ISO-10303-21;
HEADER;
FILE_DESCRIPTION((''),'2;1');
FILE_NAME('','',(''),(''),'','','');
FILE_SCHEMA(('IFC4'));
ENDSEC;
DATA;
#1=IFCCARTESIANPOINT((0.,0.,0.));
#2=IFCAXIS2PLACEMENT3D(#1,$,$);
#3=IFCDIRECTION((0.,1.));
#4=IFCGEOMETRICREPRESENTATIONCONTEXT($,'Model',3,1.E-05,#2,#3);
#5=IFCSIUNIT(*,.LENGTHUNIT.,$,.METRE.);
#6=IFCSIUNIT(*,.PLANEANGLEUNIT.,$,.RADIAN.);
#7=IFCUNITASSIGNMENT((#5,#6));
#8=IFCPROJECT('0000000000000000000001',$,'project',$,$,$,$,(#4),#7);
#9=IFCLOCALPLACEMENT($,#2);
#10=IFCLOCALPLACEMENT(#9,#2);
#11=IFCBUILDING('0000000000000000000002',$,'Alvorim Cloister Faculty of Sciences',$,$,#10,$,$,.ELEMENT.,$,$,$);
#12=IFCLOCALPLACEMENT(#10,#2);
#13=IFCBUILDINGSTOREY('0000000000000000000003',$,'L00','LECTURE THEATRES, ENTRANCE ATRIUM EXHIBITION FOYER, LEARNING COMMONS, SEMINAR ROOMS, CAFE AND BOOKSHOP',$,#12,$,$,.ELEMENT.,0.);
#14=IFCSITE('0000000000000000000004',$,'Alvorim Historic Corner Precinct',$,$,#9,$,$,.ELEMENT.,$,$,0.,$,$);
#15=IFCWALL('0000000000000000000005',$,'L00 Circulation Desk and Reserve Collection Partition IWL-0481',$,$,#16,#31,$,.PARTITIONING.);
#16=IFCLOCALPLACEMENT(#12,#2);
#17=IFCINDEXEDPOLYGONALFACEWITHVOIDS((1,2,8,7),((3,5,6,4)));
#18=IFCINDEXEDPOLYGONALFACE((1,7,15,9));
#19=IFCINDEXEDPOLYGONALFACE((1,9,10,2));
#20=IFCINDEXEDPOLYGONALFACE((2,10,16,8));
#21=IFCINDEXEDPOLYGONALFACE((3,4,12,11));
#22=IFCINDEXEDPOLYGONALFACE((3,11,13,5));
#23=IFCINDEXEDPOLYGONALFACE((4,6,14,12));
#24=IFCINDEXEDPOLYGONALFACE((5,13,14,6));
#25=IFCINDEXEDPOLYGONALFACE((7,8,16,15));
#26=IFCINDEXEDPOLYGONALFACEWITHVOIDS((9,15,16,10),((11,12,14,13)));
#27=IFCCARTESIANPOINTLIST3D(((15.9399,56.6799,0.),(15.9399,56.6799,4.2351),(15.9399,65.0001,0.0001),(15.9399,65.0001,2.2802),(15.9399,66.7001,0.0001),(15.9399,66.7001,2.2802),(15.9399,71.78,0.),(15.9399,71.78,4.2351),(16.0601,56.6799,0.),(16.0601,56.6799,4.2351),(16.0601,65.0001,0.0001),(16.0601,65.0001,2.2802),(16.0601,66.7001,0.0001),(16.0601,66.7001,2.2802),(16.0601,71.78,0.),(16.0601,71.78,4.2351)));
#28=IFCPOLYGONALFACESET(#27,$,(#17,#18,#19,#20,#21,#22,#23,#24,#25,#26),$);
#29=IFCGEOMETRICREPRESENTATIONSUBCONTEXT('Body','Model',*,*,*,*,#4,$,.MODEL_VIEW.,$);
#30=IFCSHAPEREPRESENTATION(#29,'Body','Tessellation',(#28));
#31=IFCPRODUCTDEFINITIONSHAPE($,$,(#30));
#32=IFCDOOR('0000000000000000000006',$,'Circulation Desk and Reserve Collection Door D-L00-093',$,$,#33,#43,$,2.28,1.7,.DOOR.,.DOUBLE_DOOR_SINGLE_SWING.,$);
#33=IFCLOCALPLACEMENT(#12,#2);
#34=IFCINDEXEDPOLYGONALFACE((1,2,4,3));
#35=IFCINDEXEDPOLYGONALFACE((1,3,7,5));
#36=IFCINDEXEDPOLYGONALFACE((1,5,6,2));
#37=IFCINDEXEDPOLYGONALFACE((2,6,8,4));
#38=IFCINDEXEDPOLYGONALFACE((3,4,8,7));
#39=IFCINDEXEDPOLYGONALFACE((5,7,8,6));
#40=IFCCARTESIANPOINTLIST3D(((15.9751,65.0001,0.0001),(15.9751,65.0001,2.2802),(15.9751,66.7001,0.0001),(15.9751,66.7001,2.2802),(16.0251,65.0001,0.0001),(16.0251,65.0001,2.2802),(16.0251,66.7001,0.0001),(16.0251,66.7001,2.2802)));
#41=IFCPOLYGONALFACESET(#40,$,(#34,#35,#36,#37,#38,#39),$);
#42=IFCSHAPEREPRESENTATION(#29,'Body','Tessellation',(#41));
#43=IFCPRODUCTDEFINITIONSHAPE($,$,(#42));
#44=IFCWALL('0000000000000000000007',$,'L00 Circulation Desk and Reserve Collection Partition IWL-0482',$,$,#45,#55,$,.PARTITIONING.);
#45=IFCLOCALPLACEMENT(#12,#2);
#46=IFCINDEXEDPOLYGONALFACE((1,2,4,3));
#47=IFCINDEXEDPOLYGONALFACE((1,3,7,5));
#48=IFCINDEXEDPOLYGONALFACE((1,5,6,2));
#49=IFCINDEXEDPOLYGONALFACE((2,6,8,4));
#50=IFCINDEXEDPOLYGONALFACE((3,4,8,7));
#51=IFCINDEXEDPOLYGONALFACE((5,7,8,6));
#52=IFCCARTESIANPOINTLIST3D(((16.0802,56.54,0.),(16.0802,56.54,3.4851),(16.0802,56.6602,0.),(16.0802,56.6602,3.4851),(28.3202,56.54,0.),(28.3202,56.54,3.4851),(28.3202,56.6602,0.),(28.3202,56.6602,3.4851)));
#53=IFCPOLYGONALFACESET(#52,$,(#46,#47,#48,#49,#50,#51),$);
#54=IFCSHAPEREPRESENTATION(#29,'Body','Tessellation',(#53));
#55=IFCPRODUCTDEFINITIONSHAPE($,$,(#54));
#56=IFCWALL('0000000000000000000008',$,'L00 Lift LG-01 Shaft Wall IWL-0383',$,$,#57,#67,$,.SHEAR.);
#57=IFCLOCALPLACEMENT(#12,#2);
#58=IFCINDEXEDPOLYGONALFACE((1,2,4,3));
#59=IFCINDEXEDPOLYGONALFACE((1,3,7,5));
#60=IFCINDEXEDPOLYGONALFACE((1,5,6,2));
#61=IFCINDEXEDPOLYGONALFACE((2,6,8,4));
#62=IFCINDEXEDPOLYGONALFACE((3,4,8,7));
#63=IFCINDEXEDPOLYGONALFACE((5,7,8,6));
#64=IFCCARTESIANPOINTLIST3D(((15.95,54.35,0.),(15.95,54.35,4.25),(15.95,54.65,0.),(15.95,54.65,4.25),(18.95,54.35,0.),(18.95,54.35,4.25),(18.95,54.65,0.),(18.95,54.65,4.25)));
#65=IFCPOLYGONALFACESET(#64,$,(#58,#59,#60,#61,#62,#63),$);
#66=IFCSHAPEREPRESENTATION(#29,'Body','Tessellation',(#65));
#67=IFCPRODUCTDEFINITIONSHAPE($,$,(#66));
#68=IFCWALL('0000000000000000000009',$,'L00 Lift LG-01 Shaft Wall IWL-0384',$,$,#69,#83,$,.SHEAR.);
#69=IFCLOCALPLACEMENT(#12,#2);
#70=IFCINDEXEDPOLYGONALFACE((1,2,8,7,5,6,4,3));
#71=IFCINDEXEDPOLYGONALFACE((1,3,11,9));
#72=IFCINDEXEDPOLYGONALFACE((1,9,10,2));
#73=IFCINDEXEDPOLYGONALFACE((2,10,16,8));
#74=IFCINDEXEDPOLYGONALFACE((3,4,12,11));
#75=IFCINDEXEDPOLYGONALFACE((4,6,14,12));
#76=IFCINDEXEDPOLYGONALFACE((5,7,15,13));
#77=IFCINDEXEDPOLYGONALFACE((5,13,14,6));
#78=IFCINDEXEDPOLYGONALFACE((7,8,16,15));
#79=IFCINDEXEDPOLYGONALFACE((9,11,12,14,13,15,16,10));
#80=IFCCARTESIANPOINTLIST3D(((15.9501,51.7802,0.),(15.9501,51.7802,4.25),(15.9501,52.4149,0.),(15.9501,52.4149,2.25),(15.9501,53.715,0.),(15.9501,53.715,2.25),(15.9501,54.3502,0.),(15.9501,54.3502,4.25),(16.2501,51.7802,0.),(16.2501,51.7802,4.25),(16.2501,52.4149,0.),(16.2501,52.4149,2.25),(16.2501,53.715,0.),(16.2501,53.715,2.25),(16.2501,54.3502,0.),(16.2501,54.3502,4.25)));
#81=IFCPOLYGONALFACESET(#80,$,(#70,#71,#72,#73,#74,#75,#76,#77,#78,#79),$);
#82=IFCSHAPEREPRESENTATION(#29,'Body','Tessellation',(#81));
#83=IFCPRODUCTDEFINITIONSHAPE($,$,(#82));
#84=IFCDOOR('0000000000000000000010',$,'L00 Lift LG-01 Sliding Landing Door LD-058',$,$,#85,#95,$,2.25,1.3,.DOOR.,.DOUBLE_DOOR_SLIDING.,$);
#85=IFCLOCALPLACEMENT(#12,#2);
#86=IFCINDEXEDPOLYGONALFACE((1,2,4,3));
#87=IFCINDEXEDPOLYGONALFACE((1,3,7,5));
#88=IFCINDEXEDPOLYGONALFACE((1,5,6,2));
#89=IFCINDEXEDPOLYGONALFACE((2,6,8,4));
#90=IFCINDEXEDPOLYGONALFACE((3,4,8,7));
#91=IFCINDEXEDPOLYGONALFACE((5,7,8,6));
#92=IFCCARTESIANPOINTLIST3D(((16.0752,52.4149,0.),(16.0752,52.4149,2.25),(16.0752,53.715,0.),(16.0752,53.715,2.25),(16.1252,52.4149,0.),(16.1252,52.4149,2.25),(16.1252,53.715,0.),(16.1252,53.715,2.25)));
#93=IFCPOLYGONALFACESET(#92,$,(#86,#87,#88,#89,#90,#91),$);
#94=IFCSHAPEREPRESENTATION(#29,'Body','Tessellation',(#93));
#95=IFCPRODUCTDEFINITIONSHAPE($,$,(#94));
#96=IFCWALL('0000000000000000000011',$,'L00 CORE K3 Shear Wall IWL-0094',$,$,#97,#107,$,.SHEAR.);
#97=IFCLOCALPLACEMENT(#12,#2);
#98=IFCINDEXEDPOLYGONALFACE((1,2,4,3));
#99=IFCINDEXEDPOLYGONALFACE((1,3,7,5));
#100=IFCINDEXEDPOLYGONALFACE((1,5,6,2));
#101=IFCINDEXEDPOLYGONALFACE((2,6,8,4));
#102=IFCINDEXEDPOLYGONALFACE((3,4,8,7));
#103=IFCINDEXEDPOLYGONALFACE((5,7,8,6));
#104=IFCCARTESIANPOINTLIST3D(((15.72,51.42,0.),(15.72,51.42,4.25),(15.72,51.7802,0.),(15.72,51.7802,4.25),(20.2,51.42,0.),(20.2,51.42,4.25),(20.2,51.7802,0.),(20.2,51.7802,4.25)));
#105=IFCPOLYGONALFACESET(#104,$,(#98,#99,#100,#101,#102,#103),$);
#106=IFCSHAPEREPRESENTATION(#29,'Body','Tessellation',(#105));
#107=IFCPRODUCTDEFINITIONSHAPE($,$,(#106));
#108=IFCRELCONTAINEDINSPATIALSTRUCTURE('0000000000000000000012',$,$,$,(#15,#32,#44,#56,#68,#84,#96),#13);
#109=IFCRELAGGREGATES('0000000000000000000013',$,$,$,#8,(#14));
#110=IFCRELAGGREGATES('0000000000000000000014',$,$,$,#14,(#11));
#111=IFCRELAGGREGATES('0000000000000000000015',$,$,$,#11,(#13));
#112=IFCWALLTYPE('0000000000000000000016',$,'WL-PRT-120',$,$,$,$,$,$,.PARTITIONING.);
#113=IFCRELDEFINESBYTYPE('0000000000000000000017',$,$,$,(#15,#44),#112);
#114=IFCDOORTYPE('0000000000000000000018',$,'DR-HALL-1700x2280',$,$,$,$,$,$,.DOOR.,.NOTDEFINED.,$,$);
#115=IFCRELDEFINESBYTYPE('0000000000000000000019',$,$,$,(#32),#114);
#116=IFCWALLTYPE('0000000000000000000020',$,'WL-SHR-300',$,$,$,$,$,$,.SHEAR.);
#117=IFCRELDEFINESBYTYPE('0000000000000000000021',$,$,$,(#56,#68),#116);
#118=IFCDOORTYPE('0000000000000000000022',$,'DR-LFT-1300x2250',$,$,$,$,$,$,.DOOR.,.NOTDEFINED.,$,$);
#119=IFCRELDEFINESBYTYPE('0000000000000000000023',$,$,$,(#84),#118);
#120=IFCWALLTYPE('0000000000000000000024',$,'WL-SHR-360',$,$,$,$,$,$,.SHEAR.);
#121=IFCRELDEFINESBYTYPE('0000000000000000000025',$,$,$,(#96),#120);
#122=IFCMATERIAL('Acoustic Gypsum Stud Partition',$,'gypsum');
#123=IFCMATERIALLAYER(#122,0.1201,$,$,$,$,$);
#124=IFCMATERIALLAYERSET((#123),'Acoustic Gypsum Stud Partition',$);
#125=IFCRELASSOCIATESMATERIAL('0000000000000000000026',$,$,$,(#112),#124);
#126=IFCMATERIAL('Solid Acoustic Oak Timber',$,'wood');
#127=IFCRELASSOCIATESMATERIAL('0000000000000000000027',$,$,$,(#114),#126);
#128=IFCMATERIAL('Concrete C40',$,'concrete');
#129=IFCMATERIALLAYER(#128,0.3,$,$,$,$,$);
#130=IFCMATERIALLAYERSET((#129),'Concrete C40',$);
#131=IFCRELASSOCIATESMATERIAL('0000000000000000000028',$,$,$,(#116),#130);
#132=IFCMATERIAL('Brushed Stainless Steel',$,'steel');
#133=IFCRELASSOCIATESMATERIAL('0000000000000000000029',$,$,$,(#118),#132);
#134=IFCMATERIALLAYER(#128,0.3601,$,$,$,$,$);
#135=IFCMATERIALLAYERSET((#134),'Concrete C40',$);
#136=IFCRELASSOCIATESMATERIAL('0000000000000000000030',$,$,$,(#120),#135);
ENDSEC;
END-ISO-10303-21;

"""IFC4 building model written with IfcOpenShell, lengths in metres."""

from ifc_helpers import new_model, si_unit, direction, frame, frame_2d, origin, place, context, subcontext, project, spatial, rectangle, extrude, material, layer, layer_set, type_object, element, fill, save


model = new_model("IFC4")

# Units and contexts
model_context = context("Model", 3, precision=1e-05, world=origin(), true_north=direction((0.0, 1.0)))
body_context = subcontext(model_context, "Body", "Model", "MODEL_VIEW")
ifc_project = project(units=[si_unit("LENGTHUNIT", "METRE"), si_unit("PLANEANGLEUNIT", "RADIAN")], contexts=[model_context])

# Site, building, storey
site_placement = place(None, origin())
site = spatial("IfcSite", under=ifc_project, at=site_placement, Name="Alvorim Historic Corner Precinct", CompositionType="ELEMENT", RefElevation=0.0)
building_placement = place(site_placement, origin())
building = spatial("IfcBuilding", under=site, at=building_placement, Name="Alvorim Cloister Faculty of Sciences", CompositionType="ELEMENT")
storey_placement = place(building_placement, origin())
storey = spatial("IfcBuildingStorey", under=building, at=storey_placement, Name="L00", Description="LECTURE THEATRES, ENTRANCE ATRIUM EXHIBITION FOYER, LEARNING COMMONS, SEMINAR ROOMS, CAFE AND BOOKSHOP", CompositionType="ELEMENT", Elevation=0.0)

# Shared definitions
ifc_material_1 = material(Name="Concrete C40", Category="concrete")

# Wall, opening, door
ifc_material_2 = material(Name="Acoustic Gypsum Stud Partition", Category="gypsum")
ifc_layer_1 = layer(ifc_material_2, 0.1201)
ifc_layer_set_1 = layer_set([ifc_layer_1], Name="Acoustic Gypsum Stud Partition")
wall_type_1 = type_object("IfcWallType", Name="WL-PRT-120", PredefinedType="PARTITIONING", material=ifc_layer_set_1)
ifc_material_3 = material(Name="Solid Acoustic Oak Timber", Category="wood")
door_type_1 = type_object("IfcDoorType", Name="DR-HALL-1700x2280", OperationType="NOTDEFINED", PredefinedType="DOOR", material=ifc_material_3)
wall_1_placement = place(storey_placement, frame((16.0, 56.6799, 0.0), z_axis=(0.0, 0.0, 1.0), x_axis=(0.0, 1.0, 0.0)))
wall_1 = element("IfcWall", 1, at=wall_1_placement, inside=storey, type_object=wall_type_1, Name="L00 Circulation Desk and Reserve Collection Partition IWL-0481", PredefinedType="PARTITIONING", context=body_context, shape_type="SweptSolid", body=[
    extrude(rectangle(XDim=15.1001, YDim=0.1201, at=frame_2d((7.55, 0.0))), origin(), (0.0, 0.0, 1.0), 4.2351),
])
opening_1_placement = place(wall_1_placement, frame((8.3201, 0.0, 0.0)))
opening_1 = element("IfcOpeningElement", 2, at=opening_1_placement, cuts=wall_1, PredefinedType="OPENING", context=body_context, shape_type="SweptSolid", body=[
    extrude(rectangle(XDim=1.7, YDim=2.28, at=frame_2d((0.8501, 1.1401))), frame((0.0, 0.072, 0.0), z_axis=(0.0, -1.0, 0.0), x_axis=(1.0, 0.0, 0.0)), (0.0, 0.0, 1.0), 0.144),
])
door_1_placement = place(opening_1_placement, origin())
door_1 = element("IfcDoor", 3, at=door_1_placement, inside=storey, type_object=door_type_1, Name="Circulation Desk and Reserve Collection Door D-L00-093", OperationType="DOUBLE_DOOR_SINGLE_SWING", OverallHeight=2.28, OverallWidth=1.7, PredefinedType="DOOR", context=body_context, shape_type="SweptSolid", body=[
    extrude(rectangle(XDim=1.7, YDim=2.28, at=frame_2d((0.8501, 1.1401))), frame((0.0, 0.0249, 0.0), z_axis=(0.0, -1.0, 0.0), x_axis=(1.0, 0.0, 0.0)), (0.0, 0.0, 1.0), 0.05),
])
fill(opening_1, door_1)

# Walls
wall_2_placement = place(storey_placement, frame((16.0801, 56.6001, 0.0), z_axis=(0.0, 0.0, 1.0), x_axis=(1.0, 0.0, 0.0)))
element("IfcWall", 4, at=wall_2_placement, inside=storey, type_object=wall_type_1, Name="L00 Circulation Desk and Reserve Collection Partition IWL-0482", PredefinedType="PARTITIONING", context=body_context, shape_type="SweptSolid", body=[
    extrude(rectangle(XDim=12.24, YDim=0.1201, at=frame_2d((6.1201, 0.0))), origin(), (0.0, 0.0, 1.0), 3.4851),
])
ifc_layer_2 = layer(ifc_material_1, 0.3)
ifc_layer_set_2 = layer_set([ifc_layer_2], Name="Concrete C40")
wall_type_2 = type_object("IfcWallType", Name="WL-SHR-300", PredefinedType="SHEAR", material=ifc_layer_set_2)
wall_3_placement = place(storey_placement, frame((15.95, 54.5, 0.0), z_axis=(0.0, 0.0, 1.0), x_axis=(1.0, 0.0, 0.0)))
element("IfcWall", 5, at=wall_3_placement, inside=storey, type_object=wall_type_2, Name="L00 Lift LG-01 Shaft Wall IWL-0383", PredefinedType="SHEAR", context=body_context, shape_type="SweptSolid", body=[
    extrude(rectangle(XDim=3.0, YDim=0.3, at=frame_2d((1.5, 0.0))), origin(), (0.0, 0.0, 1.0), 4.25),
])

# Wall, opening, door
wall_4_placement = place(storey_placement, frame((16.1001, 51.78, 0.0), z_axis=(0.0, 0.0, 1.0), x_axis=(0.0, 1.0, 0.0)))
wall_4 = element("IfcWall", 6, at=wall_4_placement, inside=storey, type_object=wall_type_2, Name="L00 Lift LG-01 Shaft Wall IWL-0384", PredefinedType="SHEAR", context=body_context, shape_type="SweptSolid", body=[
    extrude(rectangle(XDim=2.5701, YDim=0.3, at=frame_2d((1.2852, 0.0))), origin(), (0.0, 0.0, 1.0), 4.25),
])
opening_2_placement = place(wall_4_placement, frame((0.635, 0.0, 0.0)))
opening_2 = element("IfcOpeningElement", 7, at=opening_2_placement, cuts=wall_4, PredefinedType="OPENING", context=body_context, shape_type="SweptSolid", body=[
    extrude(rectangle(XDim=1.3, YDim=2.25, at=frame_2d((0.6499, 1.125))), frame((0.0, 0.1621, 0.0), z_axis=(0.0, -1.0, 0.0), x_axis=(1.0, 0.0, 0.0)), (0.0, 0.0, 1.0), 0.324),
])
ifc_material_4 = material(Name="Brushed Stainless Steel", Category="steel")
door_type_2 = type_object("IfcDoorType", Name="DR-LFT-1300x2250", OperationType="NOTDEFINED", PredefinedType="DOOR", material=ifc_material_4)
door_2_placement = place(opening_2_placement, origin())
door_2 = element("IfcDoor", 8, at=door_2_placement, inside=storey, type_object=door_type_2, Name="L00 Lift LG-01 Sliding Landing Door LD-058", OperationType="DOUBLE_DOOR_SLIDING", OverallHeight=2.25, OverallWidth=1.3, PredefinedType="DOOR", context=body_context, shape_type="SweptSolid", body=[
    extrude(rectangle(XDim=1.3, YDim=2.25, at=frame_2d((0.6499, 1.125))), frame((0.0, 0.0249, 0.0), z_axis=(0.0, -1.0, 0.0), x_axis=(1.0, 0.0, 0.0)), (0.0, 0.0, 1.0), 0.05),
])
fill(opening_2, door_2)

# Wall
ifc_layer_3 = layer(ifc_material_1, 0.3601)
ifc_layer_set_3 = layer_set([ifc_layer_3], Name="Concrete C40")
wall_type_3 = type_object("IfcWallType", Name="WL-SHR-360", PredefinedType="SHEAR", material=ifc_layer_set_3)
wall_5_placement = place(storey_placement, frame((15.72, 51.6001, 0.0), z_axis=(0.0, 0.0, 1.0), x_axis=(1.0, 0.0, 0.0)))
element("IfcWall", 9, at=wall_5_placement, inside=storey, type_object=wall_type_3, Name="L00 CORE K3 Shear Wall IWL-0094", PredefinedType="SHEAR", context=body_context, shape_type="SweptSolid", body=[
    extrude(rectangle(XDim=4.48, YDim=0.3601, at=frame_2d((2.24, 0.0))), origin(), (0.0, 0.0, 1.0), 4.25),
])

save(model, "model.ifc")
